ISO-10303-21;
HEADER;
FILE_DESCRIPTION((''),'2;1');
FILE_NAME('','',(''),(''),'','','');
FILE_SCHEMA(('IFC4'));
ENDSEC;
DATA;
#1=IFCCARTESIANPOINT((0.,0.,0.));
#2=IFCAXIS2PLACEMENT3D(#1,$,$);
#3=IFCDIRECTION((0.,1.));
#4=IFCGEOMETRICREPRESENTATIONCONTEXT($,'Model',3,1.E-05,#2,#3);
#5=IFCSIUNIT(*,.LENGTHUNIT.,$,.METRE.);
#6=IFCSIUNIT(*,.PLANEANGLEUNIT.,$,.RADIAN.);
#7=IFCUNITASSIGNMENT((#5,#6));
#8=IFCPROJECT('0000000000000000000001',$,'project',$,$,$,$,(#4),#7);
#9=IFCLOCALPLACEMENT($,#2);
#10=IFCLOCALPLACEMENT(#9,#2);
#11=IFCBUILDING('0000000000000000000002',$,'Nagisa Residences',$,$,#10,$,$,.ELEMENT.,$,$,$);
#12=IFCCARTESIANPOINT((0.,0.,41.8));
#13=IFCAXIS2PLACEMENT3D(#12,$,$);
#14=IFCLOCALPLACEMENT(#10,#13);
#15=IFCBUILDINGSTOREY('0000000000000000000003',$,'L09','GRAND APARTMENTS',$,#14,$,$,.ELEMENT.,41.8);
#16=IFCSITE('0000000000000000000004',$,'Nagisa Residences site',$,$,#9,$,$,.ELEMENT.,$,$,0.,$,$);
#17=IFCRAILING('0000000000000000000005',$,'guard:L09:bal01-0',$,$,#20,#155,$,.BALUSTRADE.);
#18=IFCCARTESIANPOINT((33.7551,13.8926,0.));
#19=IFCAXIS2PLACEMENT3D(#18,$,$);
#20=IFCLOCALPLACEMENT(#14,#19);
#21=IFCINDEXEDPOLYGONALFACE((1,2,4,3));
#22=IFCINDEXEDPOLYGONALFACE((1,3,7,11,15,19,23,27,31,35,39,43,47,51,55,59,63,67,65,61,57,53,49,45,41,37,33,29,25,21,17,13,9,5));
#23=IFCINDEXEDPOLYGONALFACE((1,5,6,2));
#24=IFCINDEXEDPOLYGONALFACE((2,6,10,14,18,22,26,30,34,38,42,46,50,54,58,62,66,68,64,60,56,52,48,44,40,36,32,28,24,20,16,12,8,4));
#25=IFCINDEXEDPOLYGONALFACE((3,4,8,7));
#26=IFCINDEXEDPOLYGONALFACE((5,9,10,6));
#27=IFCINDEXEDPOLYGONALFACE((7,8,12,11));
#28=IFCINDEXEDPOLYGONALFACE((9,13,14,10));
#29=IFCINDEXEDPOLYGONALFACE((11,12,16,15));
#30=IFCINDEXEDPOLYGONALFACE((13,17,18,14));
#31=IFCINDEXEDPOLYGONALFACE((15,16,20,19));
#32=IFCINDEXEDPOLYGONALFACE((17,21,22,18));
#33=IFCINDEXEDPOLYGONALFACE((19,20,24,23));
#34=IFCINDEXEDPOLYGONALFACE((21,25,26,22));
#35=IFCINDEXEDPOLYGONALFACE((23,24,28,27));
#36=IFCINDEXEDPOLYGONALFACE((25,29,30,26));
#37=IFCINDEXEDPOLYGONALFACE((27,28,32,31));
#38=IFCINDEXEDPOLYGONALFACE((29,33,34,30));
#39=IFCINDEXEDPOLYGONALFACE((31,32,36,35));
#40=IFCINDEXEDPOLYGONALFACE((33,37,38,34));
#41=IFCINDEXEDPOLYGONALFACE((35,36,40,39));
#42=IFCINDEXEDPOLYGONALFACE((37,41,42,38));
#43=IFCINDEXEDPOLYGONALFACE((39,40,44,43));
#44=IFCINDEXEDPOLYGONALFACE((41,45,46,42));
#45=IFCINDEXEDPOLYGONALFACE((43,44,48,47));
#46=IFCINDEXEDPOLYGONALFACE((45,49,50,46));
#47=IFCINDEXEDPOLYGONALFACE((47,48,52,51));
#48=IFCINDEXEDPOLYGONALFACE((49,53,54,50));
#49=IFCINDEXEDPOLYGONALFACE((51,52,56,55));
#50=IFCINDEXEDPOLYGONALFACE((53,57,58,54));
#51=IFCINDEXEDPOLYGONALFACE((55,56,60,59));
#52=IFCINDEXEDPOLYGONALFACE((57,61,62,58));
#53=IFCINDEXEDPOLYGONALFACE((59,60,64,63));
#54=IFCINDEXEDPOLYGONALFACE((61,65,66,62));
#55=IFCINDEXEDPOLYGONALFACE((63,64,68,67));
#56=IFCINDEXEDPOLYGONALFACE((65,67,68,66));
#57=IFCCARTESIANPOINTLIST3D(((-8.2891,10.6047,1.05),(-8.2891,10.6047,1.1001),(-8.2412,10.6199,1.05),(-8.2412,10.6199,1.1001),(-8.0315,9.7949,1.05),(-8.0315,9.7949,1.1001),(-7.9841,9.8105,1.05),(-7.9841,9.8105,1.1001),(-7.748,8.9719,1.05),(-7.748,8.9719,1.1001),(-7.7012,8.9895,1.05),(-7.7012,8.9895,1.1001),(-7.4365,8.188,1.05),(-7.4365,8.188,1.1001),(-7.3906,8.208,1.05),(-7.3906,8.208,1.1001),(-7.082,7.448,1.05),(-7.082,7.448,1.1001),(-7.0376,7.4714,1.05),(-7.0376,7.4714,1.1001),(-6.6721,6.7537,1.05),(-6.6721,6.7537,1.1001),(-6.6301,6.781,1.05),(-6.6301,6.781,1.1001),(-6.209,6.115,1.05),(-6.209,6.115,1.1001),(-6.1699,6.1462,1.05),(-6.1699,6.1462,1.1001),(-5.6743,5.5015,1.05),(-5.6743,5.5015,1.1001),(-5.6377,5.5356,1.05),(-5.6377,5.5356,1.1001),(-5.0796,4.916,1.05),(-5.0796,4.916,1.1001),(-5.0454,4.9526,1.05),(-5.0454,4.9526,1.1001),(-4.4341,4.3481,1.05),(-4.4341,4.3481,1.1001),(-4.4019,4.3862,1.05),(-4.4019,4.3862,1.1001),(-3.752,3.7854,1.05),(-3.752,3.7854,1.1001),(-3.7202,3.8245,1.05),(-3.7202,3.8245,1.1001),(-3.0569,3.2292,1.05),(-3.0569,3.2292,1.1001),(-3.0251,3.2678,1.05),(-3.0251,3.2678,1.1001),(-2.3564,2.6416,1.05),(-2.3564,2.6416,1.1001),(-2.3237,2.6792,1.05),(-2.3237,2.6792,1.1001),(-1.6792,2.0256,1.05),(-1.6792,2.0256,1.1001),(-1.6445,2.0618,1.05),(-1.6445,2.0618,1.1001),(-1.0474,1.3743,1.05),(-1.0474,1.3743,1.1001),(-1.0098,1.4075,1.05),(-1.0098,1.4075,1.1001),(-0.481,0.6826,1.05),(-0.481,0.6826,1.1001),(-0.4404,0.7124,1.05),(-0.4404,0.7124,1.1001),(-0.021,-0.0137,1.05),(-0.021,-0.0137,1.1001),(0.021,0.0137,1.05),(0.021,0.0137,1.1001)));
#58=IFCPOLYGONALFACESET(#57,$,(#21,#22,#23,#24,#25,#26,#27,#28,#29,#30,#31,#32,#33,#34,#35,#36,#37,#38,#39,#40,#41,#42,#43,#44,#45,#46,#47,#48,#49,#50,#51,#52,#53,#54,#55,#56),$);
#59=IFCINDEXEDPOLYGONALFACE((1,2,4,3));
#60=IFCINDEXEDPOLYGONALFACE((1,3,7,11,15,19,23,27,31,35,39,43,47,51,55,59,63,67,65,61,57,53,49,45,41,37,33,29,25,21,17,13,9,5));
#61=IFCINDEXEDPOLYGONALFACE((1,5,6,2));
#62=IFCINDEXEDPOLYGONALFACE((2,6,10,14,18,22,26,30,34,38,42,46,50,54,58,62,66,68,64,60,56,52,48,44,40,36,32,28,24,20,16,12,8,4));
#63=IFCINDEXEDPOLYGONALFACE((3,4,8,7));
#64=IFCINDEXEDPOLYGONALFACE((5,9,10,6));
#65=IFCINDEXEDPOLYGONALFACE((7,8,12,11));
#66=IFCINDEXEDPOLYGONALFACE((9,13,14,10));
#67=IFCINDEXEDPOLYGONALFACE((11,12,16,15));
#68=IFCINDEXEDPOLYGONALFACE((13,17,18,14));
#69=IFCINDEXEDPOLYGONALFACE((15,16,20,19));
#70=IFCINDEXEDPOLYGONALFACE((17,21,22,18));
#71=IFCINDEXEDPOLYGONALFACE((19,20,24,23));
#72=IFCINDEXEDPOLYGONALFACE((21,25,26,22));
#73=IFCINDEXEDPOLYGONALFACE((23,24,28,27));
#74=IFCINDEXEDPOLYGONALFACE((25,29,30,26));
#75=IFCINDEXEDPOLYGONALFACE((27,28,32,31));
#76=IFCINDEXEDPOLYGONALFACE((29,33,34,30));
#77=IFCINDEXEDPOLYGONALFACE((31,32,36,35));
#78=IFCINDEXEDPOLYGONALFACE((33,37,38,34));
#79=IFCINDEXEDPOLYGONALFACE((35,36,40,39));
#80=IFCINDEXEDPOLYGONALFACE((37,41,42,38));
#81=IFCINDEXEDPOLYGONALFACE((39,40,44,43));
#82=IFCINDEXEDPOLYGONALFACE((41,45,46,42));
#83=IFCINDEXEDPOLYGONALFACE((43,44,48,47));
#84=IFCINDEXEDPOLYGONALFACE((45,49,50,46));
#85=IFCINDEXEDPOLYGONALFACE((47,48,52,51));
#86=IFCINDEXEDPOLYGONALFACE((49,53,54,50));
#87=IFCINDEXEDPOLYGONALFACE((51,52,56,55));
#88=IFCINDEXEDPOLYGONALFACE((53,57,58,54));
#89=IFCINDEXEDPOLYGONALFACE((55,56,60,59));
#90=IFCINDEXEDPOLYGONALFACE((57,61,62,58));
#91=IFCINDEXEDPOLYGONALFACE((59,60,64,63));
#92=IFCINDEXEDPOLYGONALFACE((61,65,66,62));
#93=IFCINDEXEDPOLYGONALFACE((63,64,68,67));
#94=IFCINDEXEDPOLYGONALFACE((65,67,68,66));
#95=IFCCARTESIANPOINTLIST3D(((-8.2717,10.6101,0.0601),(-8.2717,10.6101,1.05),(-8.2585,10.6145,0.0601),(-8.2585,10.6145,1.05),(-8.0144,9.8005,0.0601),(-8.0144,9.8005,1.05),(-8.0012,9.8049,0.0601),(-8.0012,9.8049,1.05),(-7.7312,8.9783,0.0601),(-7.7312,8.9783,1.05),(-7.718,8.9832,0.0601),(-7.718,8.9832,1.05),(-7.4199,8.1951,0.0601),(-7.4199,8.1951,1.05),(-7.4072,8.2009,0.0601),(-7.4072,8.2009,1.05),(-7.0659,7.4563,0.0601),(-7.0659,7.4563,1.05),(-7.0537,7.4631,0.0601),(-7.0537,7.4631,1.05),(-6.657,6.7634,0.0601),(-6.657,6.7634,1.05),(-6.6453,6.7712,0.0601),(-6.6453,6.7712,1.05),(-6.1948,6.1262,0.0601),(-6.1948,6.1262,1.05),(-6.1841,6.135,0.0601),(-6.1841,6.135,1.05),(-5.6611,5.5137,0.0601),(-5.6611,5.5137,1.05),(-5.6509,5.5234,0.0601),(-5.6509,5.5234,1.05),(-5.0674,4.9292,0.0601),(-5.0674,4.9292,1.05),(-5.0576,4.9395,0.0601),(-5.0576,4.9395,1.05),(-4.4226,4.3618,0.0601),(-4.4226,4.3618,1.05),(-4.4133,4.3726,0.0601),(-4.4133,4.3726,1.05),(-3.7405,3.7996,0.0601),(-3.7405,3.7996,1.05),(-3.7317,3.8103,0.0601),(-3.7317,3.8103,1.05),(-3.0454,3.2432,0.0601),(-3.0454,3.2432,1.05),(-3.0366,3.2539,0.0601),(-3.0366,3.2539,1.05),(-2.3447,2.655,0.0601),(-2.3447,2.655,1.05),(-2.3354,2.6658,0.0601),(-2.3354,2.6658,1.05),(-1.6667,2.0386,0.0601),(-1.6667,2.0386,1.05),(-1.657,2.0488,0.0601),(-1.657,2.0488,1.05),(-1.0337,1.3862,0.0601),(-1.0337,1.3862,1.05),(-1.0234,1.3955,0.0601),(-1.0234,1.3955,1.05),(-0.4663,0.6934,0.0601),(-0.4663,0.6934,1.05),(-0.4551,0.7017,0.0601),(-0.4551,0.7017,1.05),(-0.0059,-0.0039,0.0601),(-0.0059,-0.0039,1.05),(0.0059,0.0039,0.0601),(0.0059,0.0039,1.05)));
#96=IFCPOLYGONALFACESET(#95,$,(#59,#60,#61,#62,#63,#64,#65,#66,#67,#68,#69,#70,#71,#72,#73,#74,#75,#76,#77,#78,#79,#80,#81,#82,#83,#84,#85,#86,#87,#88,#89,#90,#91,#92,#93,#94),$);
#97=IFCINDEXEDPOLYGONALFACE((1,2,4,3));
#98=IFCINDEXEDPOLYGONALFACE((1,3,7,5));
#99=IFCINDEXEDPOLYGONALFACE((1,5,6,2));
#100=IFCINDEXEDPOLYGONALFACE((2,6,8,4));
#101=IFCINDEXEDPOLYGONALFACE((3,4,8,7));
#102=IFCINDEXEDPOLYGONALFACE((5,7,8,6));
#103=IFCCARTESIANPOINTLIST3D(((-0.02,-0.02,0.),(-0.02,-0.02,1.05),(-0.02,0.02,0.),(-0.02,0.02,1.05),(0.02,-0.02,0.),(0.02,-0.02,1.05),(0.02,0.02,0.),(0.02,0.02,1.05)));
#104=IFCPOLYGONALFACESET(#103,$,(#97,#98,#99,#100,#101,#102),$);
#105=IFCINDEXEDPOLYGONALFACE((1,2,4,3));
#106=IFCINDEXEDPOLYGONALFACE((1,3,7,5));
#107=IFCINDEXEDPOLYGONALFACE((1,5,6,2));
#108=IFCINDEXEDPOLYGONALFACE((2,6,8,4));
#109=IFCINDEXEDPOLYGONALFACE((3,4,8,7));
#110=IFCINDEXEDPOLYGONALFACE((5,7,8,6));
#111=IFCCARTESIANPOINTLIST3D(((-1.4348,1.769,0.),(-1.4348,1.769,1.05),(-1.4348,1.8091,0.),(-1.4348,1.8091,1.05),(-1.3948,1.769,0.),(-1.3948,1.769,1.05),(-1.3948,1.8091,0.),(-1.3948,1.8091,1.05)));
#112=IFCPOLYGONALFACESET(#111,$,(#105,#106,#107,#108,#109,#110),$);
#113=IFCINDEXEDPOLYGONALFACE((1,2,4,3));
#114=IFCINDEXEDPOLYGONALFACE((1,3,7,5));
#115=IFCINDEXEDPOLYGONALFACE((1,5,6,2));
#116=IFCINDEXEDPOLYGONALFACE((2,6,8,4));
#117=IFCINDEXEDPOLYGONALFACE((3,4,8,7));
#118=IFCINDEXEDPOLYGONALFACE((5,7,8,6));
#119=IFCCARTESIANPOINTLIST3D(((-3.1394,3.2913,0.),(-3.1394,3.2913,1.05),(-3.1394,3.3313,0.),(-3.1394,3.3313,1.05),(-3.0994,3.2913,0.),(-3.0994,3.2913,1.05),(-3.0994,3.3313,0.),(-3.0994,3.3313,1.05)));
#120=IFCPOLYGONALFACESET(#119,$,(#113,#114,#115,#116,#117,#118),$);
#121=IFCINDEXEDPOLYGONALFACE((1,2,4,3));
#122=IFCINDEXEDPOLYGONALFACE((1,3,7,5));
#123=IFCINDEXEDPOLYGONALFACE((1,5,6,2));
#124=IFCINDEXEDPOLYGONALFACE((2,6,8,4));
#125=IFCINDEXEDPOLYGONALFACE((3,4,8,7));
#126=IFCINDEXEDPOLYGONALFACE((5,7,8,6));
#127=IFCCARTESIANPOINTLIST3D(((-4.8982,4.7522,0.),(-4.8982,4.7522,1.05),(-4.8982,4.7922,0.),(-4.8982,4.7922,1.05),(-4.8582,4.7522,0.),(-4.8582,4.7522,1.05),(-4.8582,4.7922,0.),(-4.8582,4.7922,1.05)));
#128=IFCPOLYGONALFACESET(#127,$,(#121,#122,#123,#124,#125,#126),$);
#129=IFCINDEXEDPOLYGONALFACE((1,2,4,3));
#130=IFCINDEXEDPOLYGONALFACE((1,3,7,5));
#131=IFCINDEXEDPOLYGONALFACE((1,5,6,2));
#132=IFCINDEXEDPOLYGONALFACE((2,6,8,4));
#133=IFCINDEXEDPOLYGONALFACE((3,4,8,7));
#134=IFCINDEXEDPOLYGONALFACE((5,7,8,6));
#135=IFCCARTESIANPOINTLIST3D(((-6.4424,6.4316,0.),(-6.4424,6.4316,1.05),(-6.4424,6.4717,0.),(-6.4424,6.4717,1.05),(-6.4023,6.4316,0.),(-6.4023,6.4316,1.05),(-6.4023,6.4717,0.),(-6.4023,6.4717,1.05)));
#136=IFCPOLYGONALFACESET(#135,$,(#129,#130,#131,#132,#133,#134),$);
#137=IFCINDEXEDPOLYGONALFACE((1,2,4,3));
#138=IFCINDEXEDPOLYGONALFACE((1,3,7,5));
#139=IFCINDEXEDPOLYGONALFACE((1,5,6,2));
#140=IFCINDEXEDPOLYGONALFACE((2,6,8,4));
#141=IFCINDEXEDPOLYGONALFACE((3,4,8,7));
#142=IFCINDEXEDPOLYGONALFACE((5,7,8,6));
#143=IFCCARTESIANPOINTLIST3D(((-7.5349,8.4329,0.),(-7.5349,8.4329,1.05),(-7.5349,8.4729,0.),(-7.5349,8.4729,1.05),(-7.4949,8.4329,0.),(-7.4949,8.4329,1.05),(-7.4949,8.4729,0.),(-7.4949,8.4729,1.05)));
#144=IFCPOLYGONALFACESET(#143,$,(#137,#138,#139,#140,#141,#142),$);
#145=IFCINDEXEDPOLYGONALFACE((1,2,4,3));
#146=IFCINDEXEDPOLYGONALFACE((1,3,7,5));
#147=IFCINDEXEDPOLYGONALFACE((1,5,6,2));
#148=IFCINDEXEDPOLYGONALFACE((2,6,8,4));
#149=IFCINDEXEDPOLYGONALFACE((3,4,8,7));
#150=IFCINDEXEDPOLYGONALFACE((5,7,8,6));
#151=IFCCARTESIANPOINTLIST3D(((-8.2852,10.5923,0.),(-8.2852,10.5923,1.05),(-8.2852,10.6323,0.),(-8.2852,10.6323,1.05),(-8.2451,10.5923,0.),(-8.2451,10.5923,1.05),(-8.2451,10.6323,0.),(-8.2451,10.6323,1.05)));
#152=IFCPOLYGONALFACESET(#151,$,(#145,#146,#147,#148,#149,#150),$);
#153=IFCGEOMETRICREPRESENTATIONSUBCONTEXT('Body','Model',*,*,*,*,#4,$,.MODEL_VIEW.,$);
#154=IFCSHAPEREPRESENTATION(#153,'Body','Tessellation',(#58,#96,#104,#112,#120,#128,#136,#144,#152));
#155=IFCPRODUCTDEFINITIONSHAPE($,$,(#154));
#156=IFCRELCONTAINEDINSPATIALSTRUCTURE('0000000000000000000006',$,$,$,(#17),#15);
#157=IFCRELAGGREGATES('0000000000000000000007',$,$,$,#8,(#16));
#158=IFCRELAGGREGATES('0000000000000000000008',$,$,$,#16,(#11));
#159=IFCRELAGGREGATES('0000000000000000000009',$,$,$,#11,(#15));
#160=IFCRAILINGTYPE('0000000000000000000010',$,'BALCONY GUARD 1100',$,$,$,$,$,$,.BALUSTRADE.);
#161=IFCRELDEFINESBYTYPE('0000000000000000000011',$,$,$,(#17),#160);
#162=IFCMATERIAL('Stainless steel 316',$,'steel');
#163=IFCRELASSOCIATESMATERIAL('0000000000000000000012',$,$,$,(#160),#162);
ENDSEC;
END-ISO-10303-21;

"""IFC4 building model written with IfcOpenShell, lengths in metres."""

from ifc_helpers import new_model, si_unit, direction, frame, origin, origin_2d, place, context, subcontext, project, spatial, polyline, rectangle, outline, extrude, material, type_object, element, save


model = new_model("IFC4")

# Units and contexts
model_context = context("Model", 3, precision=1e-05, world=origin(), true_north=direction((0.0, 1.0)))
body_context = subcontext(model_context, "Body", "Model", "MODEL_VIEW")
ifc_project = project(units=[si_unit("LENGTHUNIT", "METRE"), si_unit("PLANEANGLEUNIT", "RADIAN")], contexts=[model_context])

# Site, building, storey
site_placement = place(None, origin())
site = spatial("IfcSite", under=ifc_project, at=site_placement, Name="Nagisa Residences site", CompositionType="ELEMENT", RefElevation=0.0)
building_placement = place(site_placement, origin())
building = spatial("IfcBuilding", under=site, at=building_placement, Name="Nagisa Residences", CompositionType="ELEMENT")
storey_placement = place(building_placement, frame((0.0, 0.0, 41.8)))
storey = spatial("IfcBuildingStorey", under=building, at=storey_placement, Name="L09", Description="GRAND APARTMENTS", CompositionType="ELEMENT", Elevation=41.8)

# Railing
ifc_material_1 = material(Name="Stainless steel 316", Category="steel")
railing_type = type_object("IfcRailingType", Name="BALCONY GUARD 1100", PredefinedType="BALUSTRADE", material=ifc_material_1)
railing_1_placement = place(storey_placement, frame((33.7551, 13.8926, 0.0)))
element("IfcRailing", 1, at=railing_1_placement, inside=storey, type_object=railing_type, Name="guard:L09:bal01-0", PredefinedType="BALUSTRADE", context=body_context, shape_type="SweptSolid", body=[
    extrude(outline(polyline([(-0.481, 0.6826), (-0.021, -0.0137), (0.021, 0.0137), (-0.4404, 0.7124), (-1.0098, 1.4075), (-1.6445, 2.0618), (-2.3237, 2.6792), (-3.0251, 3.2678), (-3.7202, 3.8245), (-4.4019, 4.3862), (-5.0454, 4.9526), (-5.6377, 5.5356), (-6.1699, 6.1462), (-6.6301, 6.781), (-7.0376, 7.4714), (-7.3906, 8.208), (-7.7012, 8.9895), (-7.9841, 9.8105), (-8.2412, 10.6199), (-8.2891, 10.6047), (-8.0315, 9.7949), (-7.748, 8.9719), (-7.4365, 8.188), (-7.082, 7.448), (-6.6721, 6.7537), (-6.209, 6.115), (-5.6743, 5.5015), (-5.0796, 4.916), (-4.4341, 4.3481), (-3.752, 3.7854), (-3.0569, 3.2292), (-2.3564, 2.6416), (-1.6792, 2.0256), (-1.0474, 1.3743), (-0.481, 0.6826)])), frame((0.0, 0.0, 1.05)), (0.0, 0.0, 1.0), 0.05),
    extrude(outline(polyline([(-0.4663, 0.6934), (-0.0059, -0.0039), (0.0059, 0.0039), (-0.4551, 0.7017), (-1.0234, 1.3955), (-1.657, 2.0488), (-2.3354, 2.6658), (-3.0366, 3.2539), (-3.7317, 3.8103), (-4.4133, 4.3726), (-5.0576, 4.9395), (-5.6509, 5.5234), (-6.1841, 6.135), (-6.6453, 6.7712), (-7.0537, 7.4631), (-7.4072, 8.2009), (-7.718, 8.9832), (-8.0012, 9.8049), (-8.2585, 10.6145), (-8.2717, 10.6101), (-8.0144, 9.8005), (-7.7312, 8.9783), (-7.4199, 8.1951), (-7.0659, 7.4563), (-6.657, 6.7634), (-6.1948, 6.1262), (-5.6611, 5.5137), (-5.0674, 4.9292), (-4.4226, 4.3618), (-3.7405, 3.7996), (-3.0454, 3.2432), (-2.3447, 2.655), (-1.6667, 2.0386), (-1.0337, 1.3862), (-0.4663, 0.6934)])), frame((0.0, 0.0, 0.0601)), (0.0, 0.0, 1.0), 0.99),
    extrude(rectangle(XDim=0.04, YDim=0.04, at=origin_2d()), origin(), (0.0, 0.0, 1.0), 1.05),
    extrude(rectangle(XDim=0.04, YDim=0.04, at=origin_2d()), frame((-1.4148, 1.7891, 0.0)), (0.0, 0.0, 1.0), 1.05),
    extrude(rectangle(XDim=0.04, YDim=0.04, at=origin_2d()), frame((-3.1194, 3.3113, 0.0)), (0.0, 0.0, 1.0), 1.05),
    extrude(rectangle(XDim=0.04, YDim=0.04, at=origin_2d()), frame((-4.8782, 4.7722, 0.0)), (0.0, 0.0, 1.0), 1.05),
    extrude(rectangle(XDim=0.04, YDim=0.04, at=origin_2d()), frame((-6.4224, 6.4517, 0.0)), (0.0, 0.0, 1.0), 1.05),
    extrude(rectangle(XDim=0.04, YDim=0.04, at=origin_2d()), frame((-7.5149, 8.4529, 0.0)), (0.0, 0.0, 1.0), 1.05),
    extrude(rectangle(XDim=0.04, YDim=0.04, at=origin_2d()), frame((-8.2651, 10.6123, 0.0)), (0.0, 0.0, 1.0), 1.05),
])

save(model, "model.ifc")
